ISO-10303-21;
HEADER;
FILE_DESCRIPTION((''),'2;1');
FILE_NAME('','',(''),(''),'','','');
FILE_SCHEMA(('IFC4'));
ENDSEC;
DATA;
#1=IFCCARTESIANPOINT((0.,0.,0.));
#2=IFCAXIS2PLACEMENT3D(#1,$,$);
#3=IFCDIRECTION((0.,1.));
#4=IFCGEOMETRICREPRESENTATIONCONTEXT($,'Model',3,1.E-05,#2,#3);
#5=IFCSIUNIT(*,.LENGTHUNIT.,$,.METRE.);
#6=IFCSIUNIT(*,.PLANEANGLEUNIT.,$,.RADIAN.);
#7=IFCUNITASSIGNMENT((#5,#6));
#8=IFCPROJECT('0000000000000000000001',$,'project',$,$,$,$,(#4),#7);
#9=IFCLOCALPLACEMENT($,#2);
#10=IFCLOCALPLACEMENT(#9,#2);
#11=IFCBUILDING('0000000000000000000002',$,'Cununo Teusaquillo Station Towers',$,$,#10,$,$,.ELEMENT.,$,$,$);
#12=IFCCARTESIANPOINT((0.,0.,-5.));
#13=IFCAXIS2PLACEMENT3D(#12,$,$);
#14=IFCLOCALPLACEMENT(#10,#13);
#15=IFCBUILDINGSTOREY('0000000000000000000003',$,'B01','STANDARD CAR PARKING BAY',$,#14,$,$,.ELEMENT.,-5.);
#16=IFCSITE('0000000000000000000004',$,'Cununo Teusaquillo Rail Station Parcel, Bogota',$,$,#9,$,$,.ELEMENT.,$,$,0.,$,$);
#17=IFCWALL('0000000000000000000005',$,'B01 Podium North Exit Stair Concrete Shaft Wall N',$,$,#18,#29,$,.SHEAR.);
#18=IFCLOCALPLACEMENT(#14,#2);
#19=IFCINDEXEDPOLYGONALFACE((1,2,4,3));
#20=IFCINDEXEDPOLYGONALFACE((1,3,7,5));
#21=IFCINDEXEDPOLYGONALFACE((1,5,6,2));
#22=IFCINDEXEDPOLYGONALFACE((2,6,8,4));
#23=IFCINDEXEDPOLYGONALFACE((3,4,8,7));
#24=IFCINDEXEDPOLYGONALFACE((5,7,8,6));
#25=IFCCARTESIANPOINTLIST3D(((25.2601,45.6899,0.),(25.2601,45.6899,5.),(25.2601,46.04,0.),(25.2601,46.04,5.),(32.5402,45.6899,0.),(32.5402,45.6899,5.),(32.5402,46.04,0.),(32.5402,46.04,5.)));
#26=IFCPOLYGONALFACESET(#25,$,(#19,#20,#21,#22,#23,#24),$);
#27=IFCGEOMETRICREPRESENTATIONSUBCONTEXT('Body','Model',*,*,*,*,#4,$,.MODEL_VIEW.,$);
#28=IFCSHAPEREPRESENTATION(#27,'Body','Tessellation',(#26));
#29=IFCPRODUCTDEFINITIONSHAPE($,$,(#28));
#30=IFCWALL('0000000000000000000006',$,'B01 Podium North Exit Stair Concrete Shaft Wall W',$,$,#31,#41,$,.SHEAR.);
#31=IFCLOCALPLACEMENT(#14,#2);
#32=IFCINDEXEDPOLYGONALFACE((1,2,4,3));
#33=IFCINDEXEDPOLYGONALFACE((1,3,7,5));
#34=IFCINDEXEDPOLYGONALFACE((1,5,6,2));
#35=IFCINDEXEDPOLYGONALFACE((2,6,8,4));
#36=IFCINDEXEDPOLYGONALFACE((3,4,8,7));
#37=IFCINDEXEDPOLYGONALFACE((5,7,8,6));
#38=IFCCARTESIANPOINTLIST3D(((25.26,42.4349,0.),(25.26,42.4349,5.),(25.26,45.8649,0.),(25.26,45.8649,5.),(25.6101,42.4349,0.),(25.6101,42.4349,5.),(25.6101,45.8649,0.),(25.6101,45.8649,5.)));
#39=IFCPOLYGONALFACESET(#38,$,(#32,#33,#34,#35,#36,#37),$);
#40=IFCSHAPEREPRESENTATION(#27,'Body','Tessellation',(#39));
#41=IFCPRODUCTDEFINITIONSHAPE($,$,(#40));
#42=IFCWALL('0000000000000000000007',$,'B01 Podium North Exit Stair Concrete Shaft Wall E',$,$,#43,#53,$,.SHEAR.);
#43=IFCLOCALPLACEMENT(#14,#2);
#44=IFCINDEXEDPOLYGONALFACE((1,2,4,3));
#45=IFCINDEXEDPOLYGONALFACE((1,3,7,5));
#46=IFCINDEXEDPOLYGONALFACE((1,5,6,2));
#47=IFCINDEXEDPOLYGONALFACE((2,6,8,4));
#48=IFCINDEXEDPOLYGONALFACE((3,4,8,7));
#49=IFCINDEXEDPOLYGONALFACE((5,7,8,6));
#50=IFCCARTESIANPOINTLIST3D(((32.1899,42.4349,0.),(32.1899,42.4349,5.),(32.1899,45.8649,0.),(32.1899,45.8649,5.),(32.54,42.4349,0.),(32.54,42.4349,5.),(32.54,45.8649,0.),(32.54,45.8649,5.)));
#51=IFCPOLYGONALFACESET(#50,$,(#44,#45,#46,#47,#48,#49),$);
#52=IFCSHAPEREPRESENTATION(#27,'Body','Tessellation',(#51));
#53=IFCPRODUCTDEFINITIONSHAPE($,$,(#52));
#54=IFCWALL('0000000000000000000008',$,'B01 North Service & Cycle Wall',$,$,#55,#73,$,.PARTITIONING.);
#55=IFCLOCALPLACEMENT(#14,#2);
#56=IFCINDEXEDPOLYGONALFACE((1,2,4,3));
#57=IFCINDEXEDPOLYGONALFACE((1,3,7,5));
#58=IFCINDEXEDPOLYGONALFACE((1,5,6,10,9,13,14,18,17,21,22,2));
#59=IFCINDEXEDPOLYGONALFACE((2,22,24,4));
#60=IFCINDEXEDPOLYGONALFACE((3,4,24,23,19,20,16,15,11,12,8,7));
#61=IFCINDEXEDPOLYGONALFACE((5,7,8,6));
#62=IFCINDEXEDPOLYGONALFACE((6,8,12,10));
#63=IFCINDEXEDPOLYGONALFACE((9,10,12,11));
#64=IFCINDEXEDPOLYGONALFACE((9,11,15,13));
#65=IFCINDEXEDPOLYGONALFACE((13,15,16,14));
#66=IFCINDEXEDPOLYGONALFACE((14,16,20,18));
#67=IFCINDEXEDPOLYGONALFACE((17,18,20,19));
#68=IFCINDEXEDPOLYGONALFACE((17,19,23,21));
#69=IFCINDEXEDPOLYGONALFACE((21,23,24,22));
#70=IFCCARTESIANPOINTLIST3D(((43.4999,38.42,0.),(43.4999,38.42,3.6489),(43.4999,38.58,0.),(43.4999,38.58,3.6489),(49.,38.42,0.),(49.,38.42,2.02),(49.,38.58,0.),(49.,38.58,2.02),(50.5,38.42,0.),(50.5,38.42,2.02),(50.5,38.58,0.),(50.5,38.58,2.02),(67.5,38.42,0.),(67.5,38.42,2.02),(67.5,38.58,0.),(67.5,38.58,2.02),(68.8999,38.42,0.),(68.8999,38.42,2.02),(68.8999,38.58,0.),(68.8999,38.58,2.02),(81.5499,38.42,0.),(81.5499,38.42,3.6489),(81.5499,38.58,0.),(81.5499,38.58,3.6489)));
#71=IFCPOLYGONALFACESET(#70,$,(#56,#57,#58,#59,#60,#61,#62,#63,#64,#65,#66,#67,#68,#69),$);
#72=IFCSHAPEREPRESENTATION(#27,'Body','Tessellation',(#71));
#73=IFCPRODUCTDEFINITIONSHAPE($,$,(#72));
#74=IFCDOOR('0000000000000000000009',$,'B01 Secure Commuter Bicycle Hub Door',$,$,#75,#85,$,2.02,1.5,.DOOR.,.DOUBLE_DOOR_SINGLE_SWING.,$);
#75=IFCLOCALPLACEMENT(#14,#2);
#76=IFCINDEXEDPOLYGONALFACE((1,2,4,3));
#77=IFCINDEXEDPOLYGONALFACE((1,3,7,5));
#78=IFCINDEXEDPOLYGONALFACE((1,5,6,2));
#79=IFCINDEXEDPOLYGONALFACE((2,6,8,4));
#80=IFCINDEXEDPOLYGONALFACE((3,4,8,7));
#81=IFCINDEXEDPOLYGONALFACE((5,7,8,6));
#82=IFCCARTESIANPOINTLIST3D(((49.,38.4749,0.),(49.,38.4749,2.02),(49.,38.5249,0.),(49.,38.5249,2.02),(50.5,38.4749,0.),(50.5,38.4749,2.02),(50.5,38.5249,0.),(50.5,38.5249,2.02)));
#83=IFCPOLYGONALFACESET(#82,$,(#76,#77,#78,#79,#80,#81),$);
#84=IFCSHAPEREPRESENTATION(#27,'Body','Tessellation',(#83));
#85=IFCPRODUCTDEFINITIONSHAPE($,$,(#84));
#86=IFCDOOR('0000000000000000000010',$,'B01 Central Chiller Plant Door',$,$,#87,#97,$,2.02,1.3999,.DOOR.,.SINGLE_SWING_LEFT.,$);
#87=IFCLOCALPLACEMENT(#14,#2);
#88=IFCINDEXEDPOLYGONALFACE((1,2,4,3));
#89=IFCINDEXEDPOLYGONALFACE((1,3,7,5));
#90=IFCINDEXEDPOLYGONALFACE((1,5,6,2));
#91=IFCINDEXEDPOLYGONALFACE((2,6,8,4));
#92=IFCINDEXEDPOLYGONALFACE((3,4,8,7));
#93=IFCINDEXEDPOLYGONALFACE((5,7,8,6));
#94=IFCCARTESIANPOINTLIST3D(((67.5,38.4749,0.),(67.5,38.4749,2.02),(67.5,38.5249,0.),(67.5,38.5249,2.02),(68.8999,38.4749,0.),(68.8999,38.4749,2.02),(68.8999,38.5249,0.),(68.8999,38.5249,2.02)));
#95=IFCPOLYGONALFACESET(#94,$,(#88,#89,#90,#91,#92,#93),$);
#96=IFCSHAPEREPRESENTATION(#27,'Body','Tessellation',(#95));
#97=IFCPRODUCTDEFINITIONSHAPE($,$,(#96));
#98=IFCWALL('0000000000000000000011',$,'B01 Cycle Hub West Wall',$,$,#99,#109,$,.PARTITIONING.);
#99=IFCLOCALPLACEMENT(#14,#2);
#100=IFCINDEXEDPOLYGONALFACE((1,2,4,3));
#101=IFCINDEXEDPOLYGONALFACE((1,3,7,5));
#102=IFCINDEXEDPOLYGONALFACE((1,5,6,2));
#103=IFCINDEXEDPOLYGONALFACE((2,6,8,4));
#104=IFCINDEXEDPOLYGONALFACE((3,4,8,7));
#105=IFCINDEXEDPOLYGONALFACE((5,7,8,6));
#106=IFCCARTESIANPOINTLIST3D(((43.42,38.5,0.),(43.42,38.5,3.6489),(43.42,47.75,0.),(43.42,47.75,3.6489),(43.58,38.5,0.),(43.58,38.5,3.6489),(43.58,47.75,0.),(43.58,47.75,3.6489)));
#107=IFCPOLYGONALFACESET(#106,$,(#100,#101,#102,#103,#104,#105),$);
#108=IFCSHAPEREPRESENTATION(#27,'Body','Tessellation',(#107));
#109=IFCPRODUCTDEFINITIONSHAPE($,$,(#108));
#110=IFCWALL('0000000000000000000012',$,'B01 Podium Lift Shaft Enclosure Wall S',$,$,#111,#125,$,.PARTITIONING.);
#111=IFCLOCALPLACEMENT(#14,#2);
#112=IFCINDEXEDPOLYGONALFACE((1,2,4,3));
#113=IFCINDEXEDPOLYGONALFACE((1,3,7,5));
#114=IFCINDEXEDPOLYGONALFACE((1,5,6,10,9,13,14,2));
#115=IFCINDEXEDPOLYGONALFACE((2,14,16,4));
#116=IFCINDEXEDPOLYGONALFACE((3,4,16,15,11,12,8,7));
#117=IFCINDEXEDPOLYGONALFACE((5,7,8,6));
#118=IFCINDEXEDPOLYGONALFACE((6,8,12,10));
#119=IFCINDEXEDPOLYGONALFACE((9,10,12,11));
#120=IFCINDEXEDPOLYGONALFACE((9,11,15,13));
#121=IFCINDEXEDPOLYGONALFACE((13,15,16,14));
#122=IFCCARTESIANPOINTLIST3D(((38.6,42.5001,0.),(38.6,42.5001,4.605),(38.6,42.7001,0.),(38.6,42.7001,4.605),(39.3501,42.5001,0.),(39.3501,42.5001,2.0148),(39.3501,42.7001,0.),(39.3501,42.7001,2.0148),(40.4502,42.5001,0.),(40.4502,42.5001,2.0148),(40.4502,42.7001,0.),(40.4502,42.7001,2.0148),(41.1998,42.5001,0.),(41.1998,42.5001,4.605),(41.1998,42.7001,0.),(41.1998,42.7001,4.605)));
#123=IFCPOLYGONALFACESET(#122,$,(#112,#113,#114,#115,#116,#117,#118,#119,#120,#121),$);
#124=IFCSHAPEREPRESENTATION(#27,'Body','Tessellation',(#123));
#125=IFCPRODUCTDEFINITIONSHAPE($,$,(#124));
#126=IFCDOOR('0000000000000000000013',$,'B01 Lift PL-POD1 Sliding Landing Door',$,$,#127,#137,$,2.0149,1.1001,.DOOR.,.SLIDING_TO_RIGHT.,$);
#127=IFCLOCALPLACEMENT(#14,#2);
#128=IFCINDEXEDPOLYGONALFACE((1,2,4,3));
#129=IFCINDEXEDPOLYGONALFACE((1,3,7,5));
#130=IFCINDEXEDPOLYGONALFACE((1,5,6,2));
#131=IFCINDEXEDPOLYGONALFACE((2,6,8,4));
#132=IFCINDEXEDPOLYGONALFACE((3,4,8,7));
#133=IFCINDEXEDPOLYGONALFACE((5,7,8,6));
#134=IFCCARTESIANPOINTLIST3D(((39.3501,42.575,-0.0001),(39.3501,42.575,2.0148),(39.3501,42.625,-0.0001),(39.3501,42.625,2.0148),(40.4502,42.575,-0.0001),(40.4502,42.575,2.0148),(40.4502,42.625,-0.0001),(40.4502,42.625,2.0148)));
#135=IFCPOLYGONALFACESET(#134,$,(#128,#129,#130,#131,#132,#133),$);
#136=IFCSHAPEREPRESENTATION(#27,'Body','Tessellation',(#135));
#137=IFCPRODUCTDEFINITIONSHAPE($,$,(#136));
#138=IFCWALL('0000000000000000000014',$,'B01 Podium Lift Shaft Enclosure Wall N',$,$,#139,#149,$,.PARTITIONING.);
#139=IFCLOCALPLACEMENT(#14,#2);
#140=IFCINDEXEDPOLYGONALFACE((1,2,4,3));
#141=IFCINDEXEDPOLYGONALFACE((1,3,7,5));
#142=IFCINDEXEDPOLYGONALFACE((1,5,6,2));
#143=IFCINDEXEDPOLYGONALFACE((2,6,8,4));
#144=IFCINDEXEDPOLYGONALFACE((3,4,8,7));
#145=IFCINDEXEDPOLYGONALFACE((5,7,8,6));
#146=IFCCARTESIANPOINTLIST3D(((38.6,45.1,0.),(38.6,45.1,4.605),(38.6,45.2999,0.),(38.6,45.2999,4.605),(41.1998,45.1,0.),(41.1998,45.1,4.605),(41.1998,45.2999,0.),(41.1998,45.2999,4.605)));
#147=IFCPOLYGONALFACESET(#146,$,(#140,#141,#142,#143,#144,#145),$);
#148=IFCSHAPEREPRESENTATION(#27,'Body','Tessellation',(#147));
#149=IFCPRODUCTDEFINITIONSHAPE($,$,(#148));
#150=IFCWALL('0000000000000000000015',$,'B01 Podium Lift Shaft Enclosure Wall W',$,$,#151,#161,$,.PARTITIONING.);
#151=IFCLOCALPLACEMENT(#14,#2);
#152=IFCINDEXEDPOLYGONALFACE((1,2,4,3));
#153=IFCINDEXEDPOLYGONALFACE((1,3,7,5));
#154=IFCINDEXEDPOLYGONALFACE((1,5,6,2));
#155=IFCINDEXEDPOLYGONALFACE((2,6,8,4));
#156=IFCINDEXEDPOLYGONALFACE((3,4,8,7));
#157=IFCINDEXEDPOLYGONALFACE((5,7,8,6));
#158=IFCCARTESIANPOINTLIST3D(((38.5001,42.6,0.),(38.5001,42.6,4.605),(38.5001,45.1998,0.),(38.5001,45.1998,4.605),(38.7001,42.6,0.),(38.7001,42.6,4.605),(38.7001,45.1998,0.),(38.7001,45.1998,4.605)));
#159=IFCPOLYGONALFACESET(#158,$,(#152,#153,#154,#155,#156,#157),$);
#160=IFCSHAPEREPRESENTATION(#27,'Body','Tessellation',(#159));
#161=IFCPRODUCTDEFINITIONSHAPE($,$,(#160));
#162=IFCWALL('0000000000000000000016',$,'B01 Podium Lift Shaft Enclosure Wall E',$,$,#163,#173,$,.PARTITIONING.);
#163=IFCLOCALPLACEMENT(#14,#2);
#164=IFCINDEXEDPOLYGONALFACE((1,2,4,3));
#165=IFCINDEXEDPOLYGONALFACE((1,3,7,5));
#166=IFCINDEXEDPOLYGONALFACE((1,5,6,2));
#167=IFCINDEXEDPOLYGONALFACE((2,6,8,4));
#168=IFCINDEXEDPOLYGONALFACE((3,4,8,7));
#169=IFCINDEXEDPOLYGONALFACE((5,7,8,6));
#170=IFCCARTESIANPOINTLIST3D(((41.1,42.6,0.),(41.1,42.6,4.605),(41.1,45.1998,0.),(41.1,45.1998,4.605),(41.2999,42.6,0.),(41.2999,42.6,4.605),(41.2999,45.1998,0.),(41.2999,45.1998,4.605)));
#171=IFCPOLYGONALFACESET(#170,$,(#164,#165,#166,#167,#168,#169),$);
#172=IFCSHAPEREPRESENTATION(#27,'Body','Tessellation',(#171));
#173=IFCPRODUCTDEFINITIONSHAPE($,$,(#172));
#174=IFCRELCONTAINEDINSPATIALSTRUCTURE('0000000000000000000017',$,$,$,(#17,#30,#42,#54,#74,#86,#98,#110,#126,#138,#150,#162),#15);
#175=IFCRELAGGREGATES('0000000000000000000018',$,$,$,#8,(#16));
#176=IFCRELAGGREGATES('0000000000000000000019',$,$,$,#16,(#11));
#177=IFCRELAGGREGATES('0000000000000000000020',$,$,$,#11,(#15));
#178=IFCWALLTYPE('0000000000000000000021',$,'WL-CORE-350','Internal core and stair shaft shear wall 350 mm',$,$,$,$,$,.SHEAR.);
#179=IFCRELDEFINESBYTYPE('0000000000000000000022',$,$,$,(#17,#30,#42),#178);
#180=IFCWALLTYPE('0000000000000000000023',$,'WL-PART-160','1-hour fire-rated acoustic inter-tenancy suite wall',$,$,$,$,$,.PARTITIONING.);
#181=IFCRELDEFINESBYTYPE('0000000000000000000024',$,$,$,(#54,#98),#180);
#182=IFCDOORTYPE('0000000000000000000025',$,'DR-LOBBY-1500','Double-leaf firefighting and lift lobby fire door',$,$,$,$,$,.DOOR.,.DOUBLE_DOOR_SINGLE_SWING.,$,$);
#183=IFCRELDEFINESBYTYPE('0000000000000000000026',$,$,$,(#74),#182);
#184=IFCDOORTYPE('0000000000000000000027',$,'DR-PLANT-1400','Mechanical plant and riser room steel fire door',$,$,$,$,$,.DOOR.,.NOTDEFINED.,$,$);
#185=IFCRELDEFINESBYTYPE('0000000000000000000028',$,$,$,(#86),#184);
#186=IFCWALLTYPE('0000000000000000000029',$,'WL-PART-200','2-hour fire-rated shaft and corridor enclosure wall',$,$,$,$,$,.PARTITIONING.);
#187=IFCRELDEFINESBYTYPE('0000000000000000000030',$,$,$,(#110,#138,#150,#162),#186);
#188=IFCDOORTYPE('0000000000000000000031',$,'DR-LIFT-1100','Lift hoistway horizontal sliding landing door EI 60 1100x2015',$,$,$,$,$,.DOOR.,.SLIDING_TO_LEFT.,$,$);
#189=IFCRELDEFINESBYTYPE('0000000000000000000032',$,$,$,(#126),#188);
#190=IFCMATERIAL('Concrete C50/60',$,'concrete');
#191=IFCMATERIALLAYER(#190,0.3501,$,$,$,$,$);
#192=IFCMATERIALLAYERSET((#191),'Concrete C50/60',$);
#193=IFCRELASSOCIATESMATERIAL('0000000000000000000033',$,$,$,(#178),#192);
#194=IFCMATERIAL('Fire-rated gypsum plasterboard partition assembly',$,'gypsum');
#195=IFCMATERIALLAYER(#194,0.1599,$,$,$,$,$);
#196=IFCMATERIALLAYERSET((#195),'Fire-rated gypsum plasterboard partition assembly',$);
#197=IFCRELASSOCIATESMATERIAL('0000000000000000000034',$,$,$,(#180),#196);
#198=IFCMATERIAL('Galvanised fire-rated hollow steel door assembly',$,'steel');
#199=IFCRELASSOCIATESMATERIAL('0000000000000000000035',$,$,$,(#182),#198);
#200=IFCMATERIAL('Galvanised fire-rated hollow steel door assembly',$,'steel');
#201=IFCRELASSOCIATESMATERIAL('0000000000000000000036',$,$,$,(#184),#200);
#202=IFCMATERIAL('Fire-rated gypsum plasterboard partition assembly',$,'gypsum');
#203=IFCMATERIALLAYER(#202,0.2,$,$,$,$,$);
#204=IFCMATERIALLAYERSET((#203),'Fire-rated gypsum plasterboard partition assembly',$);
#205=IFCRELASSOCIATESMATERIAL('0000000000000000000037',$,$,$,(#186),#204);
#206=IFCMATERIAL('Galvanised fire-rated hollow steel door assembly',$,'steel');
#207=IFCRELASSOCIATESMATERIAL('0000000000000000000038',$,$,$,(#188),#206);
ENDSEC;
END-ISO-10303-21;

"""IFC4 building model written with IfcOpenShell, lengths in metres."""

from ifc_helpers import new_model, si_unit, direction, frame, frame_2d, origin, place, context, subcontext, project, spatial, rectangle, extrude, source, transform, mapped, material, layer, layer_set, type_object, element, fill, save


model = new_model("IFC4")

# Units and contexts
model_context = context("Model", 3, precision=1e-05, world=origin(), true_north=direction((0.0, 1.0)))
body_context = subcontext(model_context, "Body", "Model", "MODEL_VIEW")
ifc_project = project(units=[si_unit("LENGTHUNIT", "METRE"), si_unit("PLANEANGLEUNIT", "RADIAN")], contexts=[model_context])

# Site, building, storey
site_placement = place(None, origin())
site = spatial("IfcSite", under=ifc_project, at=site_placement, Name="Cununo Teusaquillo Rail Station Parcel, Bogota", CompositionType="ELEMENT", RefElevation=0.0)
building_placement = place(site_placement, origin())
building = spatial("IfcBuilding", under=site, at=building_placement, Name="Cununo Teusaquillo Station Towers", CompositionType="ELEMENT")
storey_placement = place(building_placement, frame((0.0, 0.0, -5.0)))
storey = spatial("IfcBuildingStorey", under=building, at=storey_placement, Name="B01", Description="STANDARD CAR PARKING BAY", CompositionType="ELEMENT", Elevation=-5.0)

# Shared definitions
ifc_material_1 = material(Name="Concrete C50/60", Category="concrete")
ifc_layer_1 = layer(ifc_material_1, 0.3501)
ifc_layer_set_1 = layer_set([ifc_layer_1], Name="Concrete C50/60")
wall_type_1 = type_object("IfcWallType", Name="WL-CORE-350", Description="Internal core and stair shaft shear wall 350 mm", PredefinedType="SHEAR", material=ifc_layer_set_1)

# Walls
wall_1_placement = place(storey_placement, frame((25.26, 45.865, 0.0), z_axis=(0.0, 0.0, 1.0), x_axis=(1.0, 0.0, 0.0)))
element("IfcWall", 1, at=wall_1_placement, inside=storey, type_object=wall_type_1, Name="B01 Podium North Exit Stair Concrete Shaft Wall N", PredefinedType="SHEAR", context=body_context, shape_type="SweptSolid", body=[
    extrude(rectangle(XDim=7.28, YDim=0.3501, at=frame_2d((3.6401, 0.0))), origin(), (0.0, 0.0, 1.0), 5.0),
])
for number, where, z_axis, x_axis, name in (
    (2, (25.4351, 42.4351, 0.0), (0.0, 0.0, 1.0), (0.0, 1.0, 0.0), "B01 Podium North Exit Stair Concrete Shaft Wall W"),
    (3, (32.365, 42.4351, 0.0), (0.0, 0.0, 1.0), (0.0, 1.0, 0.0), "B01 Podium North Exit Stair Concrete Shaft Wall E"),
):
    element("IfcWall", number, at=place(storey_placement, frame(where, z_axis=z_axis, x_axis=x_axis)), inside=storey, type_object=wall_type_1, Name=name, PredefinedType="SHEAR", context=body_context, shape_type="SweptSolid", body=[
        extrude(rectangle(XDim=3.4299, YDim=0.3501, at=frame_2d((1.7148, 0.0))), origin(), (0.0, 0.0, 1.0), 5.0),
    ])

# Wall, openings, doors
ifc_material_2 = material(Name="Fire-rated gypsum plasterboard partition assembly", Category="gypsum")
ifc_layer_2 = layer(ifc_material_2, 0.1599)
ifc_layer_set_2 = layer_set([ifc_layer_2], Name="Fire-rated gypsum plasterboard partition assembly")
wall_type_2 = type_object("IfcWallType", Name="WL-PART-160", Description="1-hour fire-rated acoustic inter-tenancy suite wall", PredefinedType="PARTITIONING", material=ifc_layer_set_2)
wall_2_placement = place(storey_placement, frame((43.5, 38.5, 0.0), z_axis=(0.0, 0.0, 1.0), x_axis=(1.0, 0.0, 0.0)))
wall_2 = element("IfcWall", 4, at=wall_2_placement, inside=storey, type_object=wall_type_2, Name="B01 North Service & Cycle Wall", PredefinedType="PARTITIONING", context=body_context, shape_type="SweptSolid", body=[
    extrude(rectangle(XDim=38.05, YDim=0.1599, at=frame_2d((19.0249, 0.0))), origin(), (0.0, 0.0, 1.0), 3.6489),
])
shared_shape_1 = source(origin(), body_context, "Body", "SweptSolid", [
    extrude(rectangle(XDim=1.5, YDim=2.02, at=frame_2d((0.75, 1.01))), frame((0.0, 0.0898, 0.0), z_axis=(0.0, -1.0, 0.0), x_axis=(1.0, 0.0, 0.0)), (0.0, 0.0, 1.0), 0.1799),
])
opening_1_placement = place(wall_2_placement, frame((5.5, 0.0, 0.0)))
opening_1 = element("IfcOpeningElement", 5, at=opening_1_placement, cuts=wall_2, PredefinedType="OPENING", context=body_context, shape_type="MappedRepresentation", body=[
    mapped(shared_shape_1, transform((0.0, 0.0, 0.0), x_axis=(1.0, 0.0, 0.0), y_axis=(0.0, 1.0, 0.0), z_axis=(0.0, 0.0, 1.0), scale=1.0)),
])
shared_shape_2 = source(origin(), body_context, "Body", "SweptSolid", [
    extrude(rectangle(XDim=1.3999, YDim=2.02, at=frame_2d((0.7, 1.01))), frame((0.0, 0.0898, 0.0), z_axis=(0.0, -1.0, 0.0), x_axis=(1.0, 0.0, 0.0)), (0.0, 0.0, 1.0), 0.1799),
])
opening_2_placement = place(wall_2_placement, frame((24.0, 0.0, 0.0)))
opening_2 = element("IfcOpeningElement", 6, at=opening_2_placement, cuts=wall_2, PredefinedType="OPENING", context=body_context, shape_type="MappedRepresentation", body=[
    mapped(shared_shape_2, transform((0.0, 0.0, 0.0), x_axis=(1.0, 0.0, 0.0), y_axis=(0.0, 1.0, 0.0), z_axis=(0.0, 0.0, 1.0), scale=1.0)),
])
ifc_material_3 = material(Name="Galvanised fire-rated hollow steel door assembly", Category="steel")
door_type_1 = type_object("IfcDoorType", Name="DR-LOBBY-1500", Description="Double-leaf firefighting and lift lobby fire door", OperationType="DOUBLE_DOOR_SINGLE_SWING", PredefinedType="DOOR", material=ifc_material_3)
shared_shape_3 = source(origin(), body_context, "Body", "SweptSolid", [
    extrude(rectangle(XDim=1.5, YDim=2.02, at=frame_2d((0.75, 1.01))), frame((0.0, 0.0249, 0.0), z_axis=(0.0, -1.0, 0.0), x_axis=(1.0, 0.0, 0.0)), (0.0, 0.0, 1.0), 0.05),
])
door_1_placement = place(opening_1_placement, origin())
door_1 = element("IfcDoor", 7, at=door_1_placement, inside=storey, type_object=door_type_1, Name="B01 Secure Commuter Bicycle Hub Door", OperationType="DOUBLE_DOOR_SINGLE_SWING", OverallHeight=2.02, OverallWidth=1.5, PredefinedType="DOOR", context=body_context, shape_type="MappedRepresentation", body=[
    mapped(shared_shape_3, transform((0.0, 0.0, 0.0), x_axis=(1.0, 0.0, 0.0), y_axis=(0.0, 1.0, 0.0), z_axis=(0.0, 0.0, 1.0), scale=1.0)),
])
fill(opening_1, door_1)
ifc_material_4 = material(Name="Galvanised fire-rated hollow steel door assembly", Category="steel")
door_type_2 = type_object("IfcDoorType", Name="DR-PLANT-1400", Description="Mechanical plant and riser room steel fire door", OperationType="NOTDEFINED", PredefinedType="DOOR", material=ifc_material_4)
shared_shape_4 = source(origin(), body_context, "Body", "SweptSolid", [
    extrude(rectangle(XDim=1.3999, YDim=2.02, at=frame_2d((0.7, 1.01))), frame((0.0, 0.0249, 0.0), z_axis=(0.0, -1.0, 0.0), x_axis=(1.0, 0.0, 0.0)), (0.0, 0.0, 1.0), 0.05),
])
door_2_placement = place(opening_2_placement, origin())
door_2 = element("IfcDoor", 8, at=door_2_placement, inside=storey, type_object=door_type_2, Name="B01 Central Chiller Plant Door", OperationType="SINGLE_SWING_LEFT", OverallHeight=2.02, OverallWidth=1.3999, PredefinedType="DOOR", context=body_context, shape_type="MappedRepresentation", body=[
    mapped(shared_shape_4, transform((0.0, 0.0, 0.0), x_axis=(1.0, 0.0, 0.0), y_axis=(0.0, 1.0, 0.0), z_axis=(0.0, 0.0, 1.0), scale=1.0)),
])
fill(opening_2, door_2)

# Wall
wall_3_placement = place(storey_placement, frame((43.5, 38.5, 0.0), z_axis=(0.0, 0.0, 1.0), x_axis=(0.0, 1.0, 0.0)))
element("IfcWall", 9, at=wall_3_placement, inside=storey, type_object=wall_type_2, Name="B01 Cycle Hub West Wall", PredefinedType="PARTITIONING", context=body_context, shape_type="SweptSolid", body=[
    extrude(rectangle(XDim=9.25, YDim=0.1599, at=frame_2d((4.625, 0.0))), origin(), (0.0, 0.0, 1.0), 3.6489),
])

# Wall, opening, door
ifc_material_5 = material(Name="Fire-rated gypsum plasterboard partition assembly", Category="gypsum")
ifc_layer_3 = layer(ifc_material_5, 0.2)
ifc_layer_set_3 = layer_set([ifc_layer_3], Name="Fire-rated gypsum plasterboard partition assembly")
wall_type_3 = type_object("IfcWallType", Name="WL-PART-200", Description="2-hour fire-rated shaft and corridor enclosure wall", PredefinedType="PARTITIONING", material=ifc_layer_set_3)
wall_4_placement = place(storey_placement, frame((38.6001, 42.6001, 0.0), z_axis=(0.0, 0.0, 1.0), x_axis=(1.0, 0.0, 0.0)))
wall_4 = element("IfcWall", 10, at=wall_4_placement, inside=storey, type_object=wall_type_3, Name="B01 Podium Lift Shaft Enclosure Wall S", PredefinedType="PARTITIONING", context=body_context, shape_type="SweptSolid", body=[
    extrude(rectangle(XDim=2.5999, YDim=0.2, at=frame_2d((1.2998, 0.0))), origin(), (0.0, 0.0, 1.0), 4.605),
])
shared_shape_5 = source(origin(), body_context, "Body", "SweptSolid", [
    extrude(rectangle(XDim=1.1001, YDim=2.0149, at=frame_2d((0.55, 1.0073))), frame((0.0, 0.1099, 0.0), z_axis=(0.0, -1.0, 0.0), x_axis=(1.0, 0.0, 0.0)), (0.0, 0.0, 1.0), 0.22),
])
opening_3_placement = place(wall_4_placement, frame((0.75, 0.0, 0.0)))
opening_3 = element("IfcOpeningElement", 11, at=opening_3_placement, cuts=wall_4, PredefinedType="OPENING", context=body_context, shape_type="MappedRepresentation", body=[
    mapped(shared_shape_5, transform((0.0, 0.0, 0.0), x_axis=(1.0, 0.0, 0.0), y_axis=(0.0, 1.0, 0.0), z_axis=(0.0, 0.0, 1.0), scale=1.0)),
])
ifc_material_6 = material(Name="Galvanised fire-rated hollow steel door assembly", Category="steel")
door_type_3 = type_object("IfcDoorType", Name="DR-LIFT-1100", Description="Lift hoistway horizontal sliding landing door EI 60 1100x2015", OperationType="SLIDING_TO_LEFT", PredefinedType="DOOR", material=ifc_material_6)
shared_shape_6 = source(origin(), body_context, "Body", "SweptSolid", [
    extrude(rectangle(XDim=1.1001, YDim=2.0149, at=frame_2d((0.55, 1.0073))), frame((0.0, 0.0249, 0.0), z_axis=(0.0, -1.0, 0.0), x_axis=(1.0, 0.0, 0.0)), (0.0, 0.0, 1.0), 0.05),
])
door_3_placement = place(opening_3_placement, origin())
door_3 = element("IfcDoor", 12, at=door_3_placement, inside=storey, type_object=door_type_3, Name="B01 Lift PL-POD1 Sliding Landing Door", OperationType="SLIDING_TO_RIGHT", OverallHeight=2.0149, OverallWidth=1.1001, PredefinedType="DOOR", context=body_context, shape_type="MappedRepresentation", body=[
    mapped(shared_shape_6, transform((0.0, 0.0, 0.0), x_axis=(1.0, 0.0, 0.0), y_axis=(0.0, 1.0, 0.0), z_axis=(0.0, 0.0, 1.0), scale=1.0)),
])
fill(opening_3, door_3)

# Walls
for number, where, z_axis, x_axis, name in (
    (13, (38.6001, 45.2, 0.0), (0.0, 0.0, 1.0), (1.0, 0.0, 0.0), "B01 Podium Lift Shaft Enclosure Wall N"),
    (14, (38.6001, 42.6001, 0.0), (0.0, 0.0, 1.0), (0.0, 1.0, 0.0), "B01 Podium Lift Shaft Enclosure Wall W"),
    (15, (41.2, 42.6001, 0.0), (0.0, 0.0, 1.0), (0.0, 1.0, 0.0), "B01 Podium Lift Shaft Enclosure Wall E"),
):
    element("IfcWall", number, at=place(storey_placement, frame(where, z_axis=z_axis, x_axis=x_axis)), inside=storey, type_object=wall_type_3, Name=name, PredefinedType="PARTITIONING", context=body_context, shape_type="SweptSolid", body=[
        extrude(rectangle(XDim=2.5999, YDim=0.2, at=frame_2d((1.2998, 0.0))), origin(), (0.0, 0.0, 1.0), 4.605),
    ])

save(model, "model.ifc")
